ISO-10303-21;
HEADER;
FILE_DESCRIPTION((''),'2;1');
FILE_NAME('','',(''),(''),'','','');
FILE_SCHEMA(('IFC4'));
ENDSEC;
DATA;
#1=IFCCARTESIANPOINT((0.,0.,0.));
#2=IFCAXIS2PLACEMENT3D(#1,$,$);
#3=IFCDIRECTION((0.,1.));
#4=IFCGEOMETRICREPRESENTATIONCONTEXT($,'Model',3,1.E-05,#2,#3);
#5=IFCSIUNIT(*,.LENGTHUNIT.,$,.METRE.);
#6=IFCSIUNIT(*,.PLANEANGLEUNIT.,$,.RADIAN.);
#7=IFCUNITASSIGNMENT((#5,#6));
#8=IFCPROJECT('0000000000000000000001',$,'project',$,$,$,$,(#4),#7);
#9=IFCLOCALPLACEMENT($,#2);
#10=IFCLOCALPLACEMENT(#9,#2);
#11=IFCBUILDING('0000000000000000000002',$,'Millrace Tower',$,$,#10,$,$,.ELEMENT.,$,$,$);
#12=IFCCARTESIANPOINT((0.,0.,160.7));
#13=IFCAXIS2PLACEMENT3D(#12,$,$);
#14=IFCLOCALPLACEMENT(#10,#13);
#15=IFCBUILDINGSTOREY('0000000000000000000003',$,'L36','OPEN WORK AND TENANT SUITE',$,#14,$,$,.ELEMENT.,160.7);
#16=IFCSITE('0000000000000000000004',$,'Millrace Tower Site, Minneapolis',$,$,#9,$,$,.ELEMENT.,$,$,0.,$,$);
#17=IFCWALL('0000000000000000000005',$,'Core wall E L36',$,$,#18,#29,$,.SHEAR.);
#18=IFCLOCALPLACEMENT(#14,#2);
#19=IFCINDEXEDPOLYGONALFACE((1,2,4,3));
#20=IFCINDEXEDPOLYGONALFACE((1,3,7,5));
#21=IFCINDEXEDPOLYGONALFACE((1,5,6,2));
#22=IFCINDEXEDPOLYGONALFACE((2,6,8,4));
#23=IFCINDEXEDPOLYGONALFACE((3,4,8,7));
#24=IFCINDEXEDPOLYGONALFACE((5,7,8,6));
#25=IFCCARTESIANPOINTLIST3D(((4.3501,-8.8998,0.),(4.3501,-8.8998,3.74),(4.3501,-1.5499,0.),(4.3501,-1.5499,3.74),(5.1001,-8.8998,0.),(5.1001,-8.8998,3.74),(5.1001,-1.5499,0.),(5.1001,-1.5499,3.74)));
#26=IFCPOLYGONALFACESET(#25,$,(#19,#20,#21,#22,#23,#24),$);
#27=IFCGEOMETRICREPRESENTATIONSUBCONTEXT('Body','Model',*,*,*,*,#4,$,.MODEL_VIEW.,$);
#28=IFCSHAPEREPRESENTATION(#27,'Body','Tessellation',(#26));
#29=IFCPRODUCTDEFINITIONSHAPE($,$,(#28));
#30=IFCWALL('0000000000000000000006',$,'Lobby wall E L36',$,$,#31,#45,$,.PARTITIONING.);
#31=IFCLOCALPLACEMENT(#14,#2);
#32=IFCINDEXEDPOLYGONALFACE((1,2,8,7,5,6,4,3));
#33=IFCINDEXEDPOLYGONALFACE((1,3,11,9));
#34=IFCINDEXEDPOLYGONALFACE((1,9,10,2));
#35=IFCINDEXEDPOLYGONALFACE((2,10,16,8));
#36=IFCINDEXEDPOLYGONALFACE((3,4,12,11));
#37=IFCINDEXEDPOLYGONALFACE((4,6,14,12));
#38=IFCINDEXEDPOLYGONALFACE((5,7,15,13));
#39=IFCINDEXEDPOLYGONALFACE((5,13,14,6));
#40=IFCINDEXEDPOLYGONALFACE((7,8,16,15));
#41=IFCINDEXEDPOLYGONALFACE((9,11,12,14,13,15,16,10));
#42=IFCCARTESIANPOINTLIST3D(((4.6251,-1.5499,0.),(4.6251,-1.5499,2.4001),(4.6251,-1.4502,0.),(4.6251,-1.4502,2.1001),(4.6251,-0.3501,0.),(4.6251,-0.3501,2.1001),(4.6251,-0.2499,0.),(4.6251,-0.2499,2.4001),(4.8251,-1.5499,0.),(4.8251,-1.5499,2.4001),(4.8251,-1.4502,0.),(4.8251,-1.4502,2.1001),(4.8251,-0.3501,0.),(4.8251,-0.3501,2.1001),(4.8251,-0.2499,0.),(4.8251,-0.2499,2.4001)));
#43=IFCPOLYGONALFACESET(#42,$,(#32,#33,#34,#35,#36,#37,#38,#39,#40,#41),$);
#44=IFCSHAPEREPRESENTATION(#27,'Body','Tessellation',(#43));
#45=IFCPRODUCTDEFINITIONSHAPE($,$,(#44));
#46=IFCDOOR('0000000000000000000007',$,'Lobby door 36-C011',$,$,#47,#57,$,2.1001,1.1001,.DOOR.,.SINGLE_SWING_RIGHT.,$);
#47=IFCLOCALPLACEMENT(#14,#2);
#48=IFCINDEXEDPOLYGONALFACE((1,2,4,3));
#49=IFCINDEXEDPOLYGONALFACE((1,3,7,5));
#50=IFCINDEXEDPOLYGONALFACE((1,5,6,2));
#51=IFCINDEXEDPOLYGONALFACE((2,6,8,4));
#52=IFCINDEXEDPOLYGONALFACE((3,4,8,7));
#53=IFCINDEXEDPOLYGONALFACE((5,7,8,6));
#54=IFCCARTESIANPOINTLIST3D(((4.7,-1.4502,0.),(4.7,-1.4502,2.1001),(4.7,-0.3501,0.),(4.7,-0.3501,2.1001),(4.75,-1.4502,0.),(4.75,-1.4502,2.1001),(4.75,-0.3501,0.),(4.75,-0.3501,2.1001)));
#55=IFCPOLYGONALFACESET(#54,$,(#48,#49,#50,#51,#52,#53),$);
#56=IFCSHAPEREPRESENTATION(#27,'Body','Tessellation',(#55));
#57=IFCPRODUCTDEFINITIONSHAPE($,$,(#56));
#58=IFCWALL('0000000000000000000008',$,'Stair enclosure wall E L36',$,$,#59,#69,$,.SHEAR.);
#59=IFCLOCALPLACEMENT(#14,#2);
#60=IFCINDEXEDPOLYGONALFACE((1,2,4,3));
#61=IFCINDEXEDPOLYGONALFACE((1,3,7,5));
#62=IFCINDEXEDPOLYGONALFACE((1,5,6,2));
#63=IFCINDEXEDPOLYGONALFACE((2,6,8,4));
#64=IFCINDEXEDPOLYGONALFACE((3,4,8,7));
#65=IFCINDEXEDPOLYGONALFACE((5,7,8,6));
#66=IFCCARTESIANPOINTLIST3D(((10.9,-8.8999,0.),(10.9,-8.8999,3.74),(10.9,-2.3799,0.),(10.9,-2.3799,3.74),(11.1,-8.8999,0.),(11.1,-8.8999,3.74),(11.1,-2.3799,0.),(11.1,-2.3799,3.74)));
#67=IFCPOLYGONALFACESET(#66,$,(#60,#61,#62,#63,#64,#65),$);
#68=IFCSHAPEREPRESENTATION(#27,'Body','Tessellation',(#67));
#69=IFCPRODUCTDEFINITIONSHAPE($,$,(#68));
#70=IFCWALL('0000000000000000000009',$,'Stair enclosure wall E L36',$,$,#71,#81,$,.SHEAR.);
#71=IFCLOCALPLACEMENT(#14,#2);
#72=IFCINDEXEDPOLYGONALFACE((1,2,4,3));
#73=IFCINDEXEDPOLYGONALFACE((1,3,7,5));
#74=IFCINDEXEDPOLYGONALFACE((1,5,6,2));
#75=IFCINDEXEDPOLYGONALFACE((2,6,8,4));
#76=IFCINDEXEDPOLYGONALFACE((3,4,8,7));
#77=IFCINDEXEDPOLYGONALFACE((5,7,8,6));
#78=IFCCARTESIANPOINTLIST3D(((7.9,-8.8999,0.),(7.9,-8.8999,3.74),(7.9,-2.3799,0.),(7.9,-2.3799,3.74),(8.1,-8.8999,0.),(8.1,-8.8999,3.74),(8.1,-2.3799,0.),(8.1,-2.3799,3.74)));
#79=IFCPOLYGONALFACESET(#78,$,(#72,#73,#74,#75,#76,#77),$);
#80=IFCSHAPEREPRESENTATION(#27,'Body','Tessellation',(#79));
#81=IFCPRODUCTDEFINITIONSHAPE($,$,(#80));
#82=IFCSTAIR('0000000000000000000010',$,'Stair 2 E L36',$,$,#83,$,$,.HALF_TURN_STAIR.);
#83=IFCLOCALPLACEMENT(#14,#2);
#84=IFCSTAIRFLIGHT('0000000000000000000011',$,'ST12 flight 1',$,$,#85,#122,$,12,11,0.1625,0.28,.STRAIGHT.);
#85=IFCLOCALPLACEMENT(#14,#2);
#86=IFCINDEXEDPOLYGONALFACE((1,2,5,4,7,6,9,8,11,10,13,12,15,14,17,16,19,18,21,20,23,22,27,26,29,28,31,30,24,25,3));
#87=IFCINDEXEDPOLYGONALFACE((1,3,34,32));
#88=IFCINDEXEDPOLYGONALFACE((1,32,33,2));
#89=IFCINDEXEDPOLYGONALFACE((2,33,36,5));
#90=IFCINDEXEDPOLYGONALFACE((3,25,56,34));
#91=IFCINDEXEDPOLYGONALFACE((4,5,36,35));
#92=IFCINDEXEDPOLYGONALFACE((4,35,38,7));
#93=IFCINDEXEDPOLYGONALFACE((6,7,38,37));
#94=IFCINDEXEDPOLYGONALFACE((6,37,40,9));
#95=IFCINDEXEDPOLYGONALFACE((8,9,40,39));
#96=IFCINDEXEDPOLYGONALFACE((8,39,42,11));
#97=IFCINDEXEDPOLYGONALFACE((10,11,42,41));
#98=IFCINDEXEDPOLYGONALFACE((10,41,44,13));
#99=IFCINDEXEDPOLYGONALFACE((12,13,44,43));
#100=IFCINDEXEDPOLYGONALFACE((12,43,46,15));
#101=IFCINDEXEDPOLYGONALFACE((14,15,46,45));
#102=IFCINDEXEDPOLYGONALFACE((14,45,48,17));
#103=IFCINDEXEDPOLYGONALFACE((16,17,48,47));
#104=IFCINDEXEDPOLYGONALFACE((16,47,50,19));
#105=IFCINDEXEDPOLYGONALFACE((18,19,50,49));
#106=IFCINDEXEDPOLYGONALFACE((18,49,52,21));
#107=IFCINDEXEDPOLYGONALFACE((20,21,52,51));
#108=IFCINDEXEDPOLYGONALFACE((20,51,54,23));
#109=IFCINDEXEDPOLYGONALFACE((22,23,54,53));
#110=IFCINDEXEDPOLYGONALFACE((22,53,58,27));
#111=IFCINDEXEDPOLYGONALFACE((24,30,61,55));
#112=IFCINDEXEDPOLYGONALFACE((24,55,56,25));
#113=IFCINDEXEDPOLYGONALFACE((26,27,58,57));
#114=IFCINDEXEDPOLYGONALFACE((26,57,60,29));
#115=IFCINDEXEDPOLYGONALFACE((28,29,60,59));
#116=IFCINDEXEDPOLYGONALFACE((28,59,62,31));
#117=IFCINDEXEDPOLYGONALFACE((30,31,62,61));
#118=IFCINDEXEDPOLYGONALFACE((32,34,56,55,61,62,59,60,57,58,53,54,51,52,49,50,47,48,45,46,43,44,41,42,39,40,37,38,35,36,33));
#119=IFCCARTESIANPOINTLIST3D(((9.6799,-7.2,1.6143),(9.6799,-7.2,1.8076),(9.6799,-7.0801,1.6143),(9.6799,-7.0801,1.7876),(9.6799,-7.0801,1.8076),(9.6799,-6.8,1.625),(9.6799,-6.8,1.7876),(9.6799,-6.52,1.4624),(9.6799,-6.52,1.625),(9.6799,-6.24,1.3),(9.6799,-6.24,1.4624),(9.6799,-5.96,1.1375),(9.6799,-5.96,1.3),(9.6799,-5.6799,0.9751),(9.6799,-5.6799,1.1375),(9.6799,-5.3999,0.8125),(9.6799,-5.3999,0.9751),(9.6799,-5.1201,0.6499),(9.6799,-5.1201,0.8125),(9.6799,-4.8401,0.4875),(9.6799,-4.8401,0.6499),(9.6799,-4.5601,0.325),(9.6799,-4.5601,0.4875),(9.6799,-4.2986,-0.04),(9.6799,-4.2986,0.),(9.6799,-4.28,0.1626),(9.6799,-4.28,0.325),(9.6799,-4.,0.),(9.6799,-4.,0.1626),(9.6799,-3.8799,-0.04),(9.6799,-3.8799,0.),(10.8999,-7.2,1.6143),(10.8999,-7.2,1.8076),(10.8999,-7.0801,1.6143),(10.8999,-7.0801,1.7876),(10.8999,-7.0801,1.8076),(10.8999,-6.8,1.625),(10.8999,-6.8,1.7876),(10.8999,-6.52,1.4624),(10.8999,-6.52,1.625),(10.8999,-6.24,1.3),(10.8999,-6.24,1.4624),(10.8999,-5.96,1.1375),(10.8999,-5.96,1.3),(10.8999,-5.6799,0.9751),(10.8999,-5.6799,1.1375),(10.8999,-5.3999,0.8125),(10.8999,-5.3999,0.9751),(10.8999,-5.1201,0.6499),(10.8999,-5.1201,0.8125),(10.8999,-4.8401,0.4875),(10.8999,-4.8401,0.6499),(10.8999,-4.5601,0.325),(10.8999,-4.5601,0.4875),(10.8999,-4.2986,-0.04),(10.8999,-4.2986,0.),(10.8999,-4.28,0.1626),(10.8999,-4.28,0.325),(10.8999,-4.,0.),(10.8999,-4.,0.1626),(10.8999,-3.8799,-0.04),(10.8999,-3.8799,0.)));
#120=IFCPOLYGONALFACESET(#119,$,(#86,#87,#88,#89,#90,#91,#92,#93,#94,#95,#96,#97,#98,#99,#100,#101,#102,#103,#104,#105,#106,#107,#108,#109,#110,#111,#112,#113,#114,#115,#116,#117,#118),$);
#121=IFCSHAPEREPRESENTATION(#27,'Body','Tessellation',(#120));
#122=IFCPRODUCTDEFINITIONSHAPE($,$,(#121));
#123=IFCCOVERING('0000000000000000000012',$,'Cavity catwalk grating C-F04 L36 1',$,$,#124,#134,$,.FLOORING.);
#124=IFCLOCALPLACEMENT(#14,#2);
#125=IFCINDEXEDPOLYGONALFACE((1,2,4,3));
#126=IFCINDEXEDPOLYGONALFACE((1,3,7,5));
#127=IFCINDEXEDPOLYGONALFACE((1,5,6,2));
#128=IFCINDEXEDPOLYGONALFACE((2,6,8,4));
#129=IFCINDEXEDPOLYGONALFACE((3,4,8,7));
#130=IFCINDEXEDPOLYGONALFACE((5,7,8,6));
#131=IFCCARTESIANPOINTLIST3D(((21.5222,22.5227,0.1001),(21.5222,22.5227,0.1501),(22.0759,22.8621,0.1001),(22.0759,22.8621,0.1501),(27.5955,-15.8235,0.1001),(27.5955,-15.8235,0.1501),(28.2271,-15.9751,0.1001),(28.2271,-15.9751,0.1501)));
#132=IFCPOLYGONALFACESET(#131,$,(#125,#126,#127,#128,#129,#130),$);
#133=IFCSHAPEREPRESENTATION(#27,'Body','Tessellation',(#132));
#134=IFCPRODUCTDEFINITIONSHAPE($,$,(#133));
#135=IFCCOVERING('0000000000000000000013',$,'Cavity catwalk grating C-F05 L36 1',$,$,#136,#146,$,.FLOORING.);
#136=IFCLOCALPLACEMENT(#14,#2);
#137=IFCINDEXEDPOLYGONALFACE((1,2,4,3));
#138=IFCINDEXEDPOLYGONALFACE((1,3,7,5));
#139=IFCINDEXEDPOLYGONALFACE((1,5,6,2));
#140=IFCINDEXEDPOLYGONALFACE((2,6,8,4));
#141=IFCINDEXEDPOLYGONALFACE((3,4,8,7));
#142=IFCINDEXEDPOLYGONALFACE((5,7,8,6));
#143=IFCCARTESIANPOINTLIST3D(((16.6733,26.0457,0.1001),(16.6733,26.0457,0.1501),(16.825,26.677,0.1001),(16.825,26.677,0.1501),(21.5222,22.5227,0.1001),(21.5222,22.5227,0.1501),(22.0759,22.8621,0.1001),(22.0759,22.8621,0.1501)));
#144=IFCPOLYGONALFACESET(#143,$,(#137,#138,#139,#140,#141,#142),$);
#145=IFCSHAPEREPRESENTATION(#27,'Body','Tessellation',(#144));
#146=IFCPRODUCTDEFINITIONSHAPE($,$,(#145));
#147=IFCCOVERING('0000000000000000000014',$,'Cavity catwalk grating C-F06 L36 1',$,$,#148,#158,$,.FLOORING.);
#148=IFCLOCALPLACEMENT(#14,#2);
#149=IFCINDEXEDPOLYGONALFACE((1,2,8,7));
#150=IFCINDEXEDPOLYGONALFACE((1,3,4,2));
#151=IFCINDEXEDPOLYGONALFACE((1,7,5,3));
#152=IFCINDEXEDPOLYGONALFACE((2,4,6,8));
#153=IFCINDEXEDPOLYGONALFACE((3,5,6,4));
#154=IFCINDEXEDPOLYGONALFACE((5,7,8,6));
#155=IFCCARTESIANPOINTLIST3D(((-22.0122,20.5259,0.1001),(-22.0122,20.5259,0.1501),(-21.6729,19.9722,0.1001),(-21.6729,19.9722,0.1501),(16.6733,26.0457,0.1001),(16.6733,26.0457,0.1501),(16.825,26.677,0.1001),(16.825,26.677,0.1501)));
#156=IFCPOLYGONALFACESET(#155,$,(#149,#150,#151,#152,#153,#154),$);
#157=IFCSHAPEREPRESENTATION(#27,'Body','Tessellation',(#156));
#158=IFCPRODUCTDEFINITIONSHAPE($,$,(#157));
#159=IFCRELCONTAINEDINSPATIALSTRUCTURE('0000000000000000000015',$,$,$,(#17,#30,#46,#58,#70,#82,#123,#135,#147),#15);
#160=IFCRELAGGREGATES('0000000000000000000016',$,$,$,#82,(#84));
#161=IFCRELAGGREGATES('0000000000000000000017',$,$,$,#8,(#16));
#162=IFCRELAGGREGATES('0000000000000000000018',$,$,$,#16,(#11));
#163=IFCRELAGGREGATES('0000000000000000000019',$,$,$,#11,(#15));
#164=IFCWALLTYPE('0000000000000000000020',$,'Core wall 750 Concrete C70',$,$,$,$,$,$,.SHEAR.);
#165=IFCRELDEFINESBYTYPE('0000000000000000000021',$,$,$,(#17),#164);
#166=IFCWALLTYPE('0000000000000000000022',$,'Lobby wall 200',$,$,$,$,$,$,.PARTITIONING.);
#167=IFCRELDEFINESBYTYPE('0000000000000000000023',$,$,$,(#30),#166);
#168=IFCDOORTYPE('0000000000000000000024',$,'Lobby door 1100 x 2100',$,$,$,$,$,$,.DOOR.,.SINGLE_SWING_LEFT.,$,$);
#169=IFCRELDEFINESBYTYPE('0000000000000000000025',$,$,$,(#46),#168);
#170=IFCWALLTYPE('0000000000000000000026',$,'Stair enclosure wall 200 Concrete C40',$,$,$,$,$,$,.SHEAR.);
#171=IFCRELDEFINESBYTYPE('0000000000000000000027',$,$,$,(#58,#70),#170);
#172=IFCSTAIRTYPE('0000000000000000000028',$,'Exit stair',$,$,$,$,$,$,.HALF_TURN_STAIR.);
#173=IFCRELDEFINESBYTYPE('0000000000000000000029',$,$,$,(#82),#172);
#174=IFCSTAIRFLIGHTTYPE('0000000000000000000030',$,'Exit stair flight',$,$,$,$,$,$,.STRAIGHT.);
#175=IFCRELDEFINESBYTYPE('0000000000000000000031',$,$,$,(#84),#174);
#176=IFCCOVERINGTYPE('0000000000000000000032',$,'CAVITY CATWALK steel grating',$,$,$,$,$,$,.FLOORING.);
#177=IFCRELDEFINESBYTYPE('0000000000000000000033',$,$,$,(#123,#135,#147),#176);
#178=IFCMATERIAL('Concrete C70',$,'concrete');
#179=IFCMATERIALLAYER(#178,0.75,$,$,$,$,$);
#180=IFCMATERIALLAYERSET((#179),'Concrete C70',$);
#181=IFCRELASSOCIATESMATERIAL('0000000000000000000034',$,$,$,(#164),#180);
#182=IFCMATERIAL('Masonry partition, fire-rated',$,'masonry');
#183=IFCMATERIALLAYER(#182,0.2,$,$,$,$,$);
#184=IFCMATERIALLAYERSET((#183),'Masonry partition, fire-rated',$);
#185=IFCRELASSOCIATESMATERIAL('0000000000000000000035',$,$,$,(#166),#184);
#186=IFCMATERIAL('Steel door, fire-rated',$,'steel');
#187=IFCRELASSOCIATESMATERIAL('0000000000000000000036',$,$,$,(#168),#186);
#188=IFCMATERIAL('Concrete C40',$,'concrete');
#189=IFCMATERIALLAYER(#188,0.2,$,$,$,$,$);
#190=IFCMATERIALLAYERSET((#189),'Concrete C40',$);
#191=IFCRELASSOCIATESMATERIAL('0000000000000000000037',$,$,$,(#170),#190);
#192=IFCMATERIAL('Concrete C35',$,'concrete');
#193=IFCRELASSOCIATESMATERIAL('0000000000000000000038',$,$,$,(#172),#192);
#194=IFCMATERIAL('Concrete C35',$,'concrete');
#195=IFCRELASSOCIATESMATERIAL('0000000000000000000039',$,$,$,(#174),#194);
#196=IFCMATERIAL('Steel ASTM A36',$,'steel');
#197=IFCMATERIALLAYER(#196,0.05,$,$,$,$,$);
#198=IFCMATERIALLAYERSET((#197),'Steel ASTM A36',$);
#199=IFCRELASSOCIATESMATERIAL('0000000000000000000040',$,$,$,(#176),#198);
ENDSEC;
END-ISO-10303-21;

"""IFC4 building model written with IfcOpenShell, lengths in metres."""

from ifc_helpers import new_model, si_unit, direction, frame, frame_2d, origin, place, context, subcontext, project, spatial, polyline, rectangle, outline, extrude, material, layer, layer_set, type_object, element, fill, aggregate, save


model = new_model("IFC4")

# Units and contexts
model_context = context("Model", 3, precision=1e-05, world=origin(), true_north=direction((0.0, 1.0)))
body_context = subcontext(model_context, "Body", "Model", "MODEL_VIEW")
ifc_project = project(units=[si_unit("LENGTHUNIT", "METRE"), si_unit("PLANEANGLEUNIT", "RADIAN")], contexts=[model_context])

# Site, building, storey
site_placement = place(None, origin())
site = spatial("IfcSite", under=ifc_project, at=site_placement, Name="Millrace Tower Site, Minneapolis", CompositionType="ELEMENT", RefElevation=0.0)
building_placement = place(site_placement, origin())
building = spatial("IfcBuilding", under=site, at=building_placement, Name="Millrace Tower", CompositionType="ELEMENT")
storey_placement = place(building_placement, frame((0.0, 0.0, 160.7)))
storey = spatial("IfcBuildingStorey", under=building, at=storey_placement, Name="L36", Description="OPEN WORK AND TENANT SUITE", CompositionType="ELEMENT", Elevation=160.7)

# Shared definitions
placement_1 = place(storey_placement, origin())

# Wall
ifc_material_1 = material(Name="Concrete C70", Category="concrete")
ifc_layer_1 = layer(ifc_material_1, 0.75)
ifc_layer_set_1 = layer_set([ifc_layer_1], Name="Concrete C70")
wall_type_1 = type_object("IfcWallType", Name="Core wall 750 Concrete C70", PredefinedType="SHEAR", material=ifc_layer_set_1)
wall_1_placement = place(storey_placement, frame((4.7251, -1.55, 0.0), z_axis=(0.0, 0.0, 1.0), x_axis=(0.0, -1.0, 0.0)))
element("IfcWall", 1, at=wall_1_placement, inside=storey, type_object=wall_type_1, Name="Core wall E L36", PredefinedType="SHEAR", context=body_context, shape_type="SweptSolid", body=[
    extrude(rectangle(XDim=7.3499, YDim=0.75, at=frame_2d((3.6748, 0.0))), origin(), (0.0, 0.0, 1.0), 3.74),
])

# Wall, opening, door
ifc_material_2 = material(Name="Masonry partition, fire-rated", Category="masonry")
ifc_layer_2 = layer(ifc_material_2, 0.2)
ifc_layer_set_2 = layer_set([ifc_layer_2], Name="Masonry partition, fire-rated")
wall_type_2 = type_object("IfcWallType", Name="Lobby wall 200", PredefinedType="PARTITIONING", material=ifc_layer_set_2)
wall_2_placement = place(storey_placement, frame((4.7251, -0.25, 0.0), z_axis=(0.0, 0.0, 1.0), x_axis=(0.0, -1.0, 0.0)))
wall_2 = element("IfcWall", 2, at=wall_2_placement, inside=storey, type_object=wall_type_2, Name="Lobby wall E L36", PredefinedType="PARTITIONING", context=body_context, shape_type="SweptSolid", body=[
    extrude(rectangle(XDim=1.3, YDim=0.2, at=frame_2d((0.6499, 0.0))), origin(), (0.0, 0.0, 1.0), 2.4001),
])
opening_placement = place(wall_2_placement, frame((0.1001, 0.0, 0.0)))
opening = element("IfcOpeningElement", 3, at=opening_placement, cuts=wall_2, PredefinedType="OPENING", context=body_context, shape_type="SweptSolid", body=[
    extrude(rectangle(XDim=1.1001, YDim=2.1001, at=frame_2d((0.55, 1.05))), frame((0.0, 0.1099, 0.0), z_axis=(0.0, -1.0, 0.0), x_axis=(1.0, 0.0, 0.0)), (0.0, 0.0, 1.0), 0.22),
])
ifc_material_3 = material(Name="Steel door, fire-rated", Category="steel")
door_type = type_object("IfcDoorType", Name="Lobby door 1100 x 2100", OperationType="SINGLE_SWING_LEFT", PredefinedType="DOOR", material=ifc_material_3)
door_placement = place(opening_placement, origin())
door = element("IfcDoor", 4, at=door_placement, inside=storey, type_object=door_type, Name="Lobby door 36-C011", OperationType="SINGLE_SWING_RIGHT", OverallHeight=2.1001, OverallWidth=1.1001, PredefinedType="DOOR", context=body_context, shape_type="SweptSolid", body=[
    extrude(rectangle(XDim=1.1001, YDim=2.1001, at=frame_2d((0.55, 1.05))), frame((0.0, 0.0249, 0.0), z_axis=(0.0, -1.0, 0.0), x_axis=(1.0, 0.0, 0.0)), (0.0, 0.0, 1.0), 0.05),
])
fill(opening, door)

# Walls
ifc_material_4 = material(Name="Concrete C40", Category="concrete")
ifc_layer_3 = layer(ifc_material_4, 0.2)
ifc_layer_set_3 = layer_set([ifc_layer_3], Name="Concrete C40")
wall_type_3 = type_object("IfcWallType", Name="Stair enclosure wall 200 Concrete C40", PredefinedType="SHEAR", material=ifc_layer_set_3)
for number, where, z_axis, x_axis, name in (
    (5, (11.0, -2.3799, 0.0), (0.0, 0.0, 1.0), (0.0, -1.0, 0.0), "Stair enclosure wall E L36"),
    (6, (8.0, -2.3799, 0.0), (0.0, 0.0, 1.0), (0.0, -1.0, 0.0), "Stair enclosure wall E L36"),
):
    element("IfcWall", number, at=place(storey_placement, frame(where, z_axis=z_axis, x_axis=x_axis)), inside=storey, type_object=wall_type_3, Name=name, PredefinedType="SHEAR", context=body_context, shape_type="SweptSolid", body=[
        extrude(rectangle(XDim=6.52, YDim=0.2, at=frame_2d((3.26, 0.0))), origin(), (0.0, 0.0, 1.0), 3.74),
    ])

# Stair, stair flight
ifc_material_5 = material(Name="Concrete C35", Category="concrete")
stair_type = type_object("IfcStairType", Name="Exit stair", PredefinedType="HALF_TURN_STAIR", material=ifc_material_5)
stair = element("IfcStair", 7, at=placement_1, inside=storey, type_object=stair_type, Name="Stair 2 E L36", PredefinedType="HALF_TURN_STAIR")
ifc_material_6 = material(Name="Concrete C35", Category="concrete")
stair_flight_type = type_object("IfcStairFlightType", Name="Exit stair flight", PredefinedType="STRAIGHT", material=ifc_material_6)
stair_flight_placement = place(storey_placement, frame((10.29, -4.0, 0.0), z_axis=(0.0, 0.0, 1.0), x_axis=(0.0, -1.0, 0.0)))
stair_flight = element("IfcStairFlight", 8, at=stair_flight_placement, type_object=stair_flight_type, Name="ST12 flight 1", NumberOfRisers=12, NumberOfTreads=11, PredefinedType="STRAIGHT", RiserHeight=0.1625, TreadLength=0.28, context=body_context, shape_type="SweptSolid", body=[
    extrude(outline(polyline([(-0.1201, -0.04), (-0.1201, 0.0), (0.0, 0.0), (0.0, 0.1626), (0.28, 0.1626), (0.28, 0.325), (0.5601, 0.325), (0.5601, 0.4875), (0.8401, 0.4875), (0.8401, 0.6499), (1.1201, 0.6499), (1.1201, 0.8125), (1.3999, 0.8125), (1.3999, 0.9751), (1.6799, 0.9751), (1.6799, 1.1375), (1.96, 1.1375), (1.96, 1.3), (2.24, 1.3), (2.24, 1.4624), (2.52, 1.4624), (2.52, 1.625), (2.8, 1.625), (2.8, 1.7876), (3.0801, 1.7876), (3.0801, 1.8076), (3.2, 1.8076), (3.2, 1.6143), (3.0801, 1.6143), (0.2986, 0.0), (0.2986, -0.04), (-0.1201, -0.04)])), frame((0.0, 0.6099, 0.0), z_axis=(0.0, -1.0, 0.0), x_axis=(1.0, 0.0, 0.0)), (0.0, 0.0, 1.0), 1.22),
])
aggregate(stair, [stair_flight])

# Coverings
ifc_material_7 = material(Name="Steel ASTM A36", Category="steel")
ifc_layer_4 = layer(ifc_material_7, 0.05)
ifc_layer_set_4 = layer_set([ifc_layer_4], Name="Steel ASTM A36")
covering_type = type_object("IfcCoveringType", Name="CAVITY CATWALK steel grating", PredefinedType="FLOORING", material=ifc_layer_set_4)
placement_2 = place(storey_placement, frame((0.0, 0.0, 0.1001)))
element("IfcCovering", 9, at=placement_2, inside=storey, type_object=covering_type, Name="Cavity catwalk grating C-F04 L36 1", PredefinedType="FLOORING", context=body_context, shape_type="SweptSolid", body=[
    extrude(outline(polyline([(28.2271, -15.9751), (22.0759, 22.8621), (21.5222, 22.5227), (27.5955, -15.8235), (28.2271, -15.9751)])), origin(), (0.0, 0.0, 1.0), 0.05),
])
element("IfcCovering", 10, at=placement_2, inside=storey, type_object=covering_type, Name="Cavity catwalk grating C-F05 L36 1", PredefinedType="FLOORING", context=body_context, shape_type="SweptSolid", body=[
    extrude(outline(polyline([(22.0759, 22.8621), (16.825, 26.677), (16.6733, 26.0457), (21.5222, 22.5227), (22.0759, 22.8621)])), origin(), (0.0, 0.0, 1.0), 0.05),
])
element("IfcCovering", 11, at=placement_2, inside=storey, type_object=covering_type, Name="Cavity catwalk grating C-F06 L36 1", PredefinedType="FLOORING", context=body_context, shape_type="SweptSolid", body=[
    extrude(outline(polyline([(16.825, 26.677), (-22.0122, 20.5259), (-21.6729, 19.9722), (16.6733, 26.0457), (16.825, 26.677)])), origin(), (0.0, 0.0, 1.0), 0.05),
])

save(model, "model.ifc")
